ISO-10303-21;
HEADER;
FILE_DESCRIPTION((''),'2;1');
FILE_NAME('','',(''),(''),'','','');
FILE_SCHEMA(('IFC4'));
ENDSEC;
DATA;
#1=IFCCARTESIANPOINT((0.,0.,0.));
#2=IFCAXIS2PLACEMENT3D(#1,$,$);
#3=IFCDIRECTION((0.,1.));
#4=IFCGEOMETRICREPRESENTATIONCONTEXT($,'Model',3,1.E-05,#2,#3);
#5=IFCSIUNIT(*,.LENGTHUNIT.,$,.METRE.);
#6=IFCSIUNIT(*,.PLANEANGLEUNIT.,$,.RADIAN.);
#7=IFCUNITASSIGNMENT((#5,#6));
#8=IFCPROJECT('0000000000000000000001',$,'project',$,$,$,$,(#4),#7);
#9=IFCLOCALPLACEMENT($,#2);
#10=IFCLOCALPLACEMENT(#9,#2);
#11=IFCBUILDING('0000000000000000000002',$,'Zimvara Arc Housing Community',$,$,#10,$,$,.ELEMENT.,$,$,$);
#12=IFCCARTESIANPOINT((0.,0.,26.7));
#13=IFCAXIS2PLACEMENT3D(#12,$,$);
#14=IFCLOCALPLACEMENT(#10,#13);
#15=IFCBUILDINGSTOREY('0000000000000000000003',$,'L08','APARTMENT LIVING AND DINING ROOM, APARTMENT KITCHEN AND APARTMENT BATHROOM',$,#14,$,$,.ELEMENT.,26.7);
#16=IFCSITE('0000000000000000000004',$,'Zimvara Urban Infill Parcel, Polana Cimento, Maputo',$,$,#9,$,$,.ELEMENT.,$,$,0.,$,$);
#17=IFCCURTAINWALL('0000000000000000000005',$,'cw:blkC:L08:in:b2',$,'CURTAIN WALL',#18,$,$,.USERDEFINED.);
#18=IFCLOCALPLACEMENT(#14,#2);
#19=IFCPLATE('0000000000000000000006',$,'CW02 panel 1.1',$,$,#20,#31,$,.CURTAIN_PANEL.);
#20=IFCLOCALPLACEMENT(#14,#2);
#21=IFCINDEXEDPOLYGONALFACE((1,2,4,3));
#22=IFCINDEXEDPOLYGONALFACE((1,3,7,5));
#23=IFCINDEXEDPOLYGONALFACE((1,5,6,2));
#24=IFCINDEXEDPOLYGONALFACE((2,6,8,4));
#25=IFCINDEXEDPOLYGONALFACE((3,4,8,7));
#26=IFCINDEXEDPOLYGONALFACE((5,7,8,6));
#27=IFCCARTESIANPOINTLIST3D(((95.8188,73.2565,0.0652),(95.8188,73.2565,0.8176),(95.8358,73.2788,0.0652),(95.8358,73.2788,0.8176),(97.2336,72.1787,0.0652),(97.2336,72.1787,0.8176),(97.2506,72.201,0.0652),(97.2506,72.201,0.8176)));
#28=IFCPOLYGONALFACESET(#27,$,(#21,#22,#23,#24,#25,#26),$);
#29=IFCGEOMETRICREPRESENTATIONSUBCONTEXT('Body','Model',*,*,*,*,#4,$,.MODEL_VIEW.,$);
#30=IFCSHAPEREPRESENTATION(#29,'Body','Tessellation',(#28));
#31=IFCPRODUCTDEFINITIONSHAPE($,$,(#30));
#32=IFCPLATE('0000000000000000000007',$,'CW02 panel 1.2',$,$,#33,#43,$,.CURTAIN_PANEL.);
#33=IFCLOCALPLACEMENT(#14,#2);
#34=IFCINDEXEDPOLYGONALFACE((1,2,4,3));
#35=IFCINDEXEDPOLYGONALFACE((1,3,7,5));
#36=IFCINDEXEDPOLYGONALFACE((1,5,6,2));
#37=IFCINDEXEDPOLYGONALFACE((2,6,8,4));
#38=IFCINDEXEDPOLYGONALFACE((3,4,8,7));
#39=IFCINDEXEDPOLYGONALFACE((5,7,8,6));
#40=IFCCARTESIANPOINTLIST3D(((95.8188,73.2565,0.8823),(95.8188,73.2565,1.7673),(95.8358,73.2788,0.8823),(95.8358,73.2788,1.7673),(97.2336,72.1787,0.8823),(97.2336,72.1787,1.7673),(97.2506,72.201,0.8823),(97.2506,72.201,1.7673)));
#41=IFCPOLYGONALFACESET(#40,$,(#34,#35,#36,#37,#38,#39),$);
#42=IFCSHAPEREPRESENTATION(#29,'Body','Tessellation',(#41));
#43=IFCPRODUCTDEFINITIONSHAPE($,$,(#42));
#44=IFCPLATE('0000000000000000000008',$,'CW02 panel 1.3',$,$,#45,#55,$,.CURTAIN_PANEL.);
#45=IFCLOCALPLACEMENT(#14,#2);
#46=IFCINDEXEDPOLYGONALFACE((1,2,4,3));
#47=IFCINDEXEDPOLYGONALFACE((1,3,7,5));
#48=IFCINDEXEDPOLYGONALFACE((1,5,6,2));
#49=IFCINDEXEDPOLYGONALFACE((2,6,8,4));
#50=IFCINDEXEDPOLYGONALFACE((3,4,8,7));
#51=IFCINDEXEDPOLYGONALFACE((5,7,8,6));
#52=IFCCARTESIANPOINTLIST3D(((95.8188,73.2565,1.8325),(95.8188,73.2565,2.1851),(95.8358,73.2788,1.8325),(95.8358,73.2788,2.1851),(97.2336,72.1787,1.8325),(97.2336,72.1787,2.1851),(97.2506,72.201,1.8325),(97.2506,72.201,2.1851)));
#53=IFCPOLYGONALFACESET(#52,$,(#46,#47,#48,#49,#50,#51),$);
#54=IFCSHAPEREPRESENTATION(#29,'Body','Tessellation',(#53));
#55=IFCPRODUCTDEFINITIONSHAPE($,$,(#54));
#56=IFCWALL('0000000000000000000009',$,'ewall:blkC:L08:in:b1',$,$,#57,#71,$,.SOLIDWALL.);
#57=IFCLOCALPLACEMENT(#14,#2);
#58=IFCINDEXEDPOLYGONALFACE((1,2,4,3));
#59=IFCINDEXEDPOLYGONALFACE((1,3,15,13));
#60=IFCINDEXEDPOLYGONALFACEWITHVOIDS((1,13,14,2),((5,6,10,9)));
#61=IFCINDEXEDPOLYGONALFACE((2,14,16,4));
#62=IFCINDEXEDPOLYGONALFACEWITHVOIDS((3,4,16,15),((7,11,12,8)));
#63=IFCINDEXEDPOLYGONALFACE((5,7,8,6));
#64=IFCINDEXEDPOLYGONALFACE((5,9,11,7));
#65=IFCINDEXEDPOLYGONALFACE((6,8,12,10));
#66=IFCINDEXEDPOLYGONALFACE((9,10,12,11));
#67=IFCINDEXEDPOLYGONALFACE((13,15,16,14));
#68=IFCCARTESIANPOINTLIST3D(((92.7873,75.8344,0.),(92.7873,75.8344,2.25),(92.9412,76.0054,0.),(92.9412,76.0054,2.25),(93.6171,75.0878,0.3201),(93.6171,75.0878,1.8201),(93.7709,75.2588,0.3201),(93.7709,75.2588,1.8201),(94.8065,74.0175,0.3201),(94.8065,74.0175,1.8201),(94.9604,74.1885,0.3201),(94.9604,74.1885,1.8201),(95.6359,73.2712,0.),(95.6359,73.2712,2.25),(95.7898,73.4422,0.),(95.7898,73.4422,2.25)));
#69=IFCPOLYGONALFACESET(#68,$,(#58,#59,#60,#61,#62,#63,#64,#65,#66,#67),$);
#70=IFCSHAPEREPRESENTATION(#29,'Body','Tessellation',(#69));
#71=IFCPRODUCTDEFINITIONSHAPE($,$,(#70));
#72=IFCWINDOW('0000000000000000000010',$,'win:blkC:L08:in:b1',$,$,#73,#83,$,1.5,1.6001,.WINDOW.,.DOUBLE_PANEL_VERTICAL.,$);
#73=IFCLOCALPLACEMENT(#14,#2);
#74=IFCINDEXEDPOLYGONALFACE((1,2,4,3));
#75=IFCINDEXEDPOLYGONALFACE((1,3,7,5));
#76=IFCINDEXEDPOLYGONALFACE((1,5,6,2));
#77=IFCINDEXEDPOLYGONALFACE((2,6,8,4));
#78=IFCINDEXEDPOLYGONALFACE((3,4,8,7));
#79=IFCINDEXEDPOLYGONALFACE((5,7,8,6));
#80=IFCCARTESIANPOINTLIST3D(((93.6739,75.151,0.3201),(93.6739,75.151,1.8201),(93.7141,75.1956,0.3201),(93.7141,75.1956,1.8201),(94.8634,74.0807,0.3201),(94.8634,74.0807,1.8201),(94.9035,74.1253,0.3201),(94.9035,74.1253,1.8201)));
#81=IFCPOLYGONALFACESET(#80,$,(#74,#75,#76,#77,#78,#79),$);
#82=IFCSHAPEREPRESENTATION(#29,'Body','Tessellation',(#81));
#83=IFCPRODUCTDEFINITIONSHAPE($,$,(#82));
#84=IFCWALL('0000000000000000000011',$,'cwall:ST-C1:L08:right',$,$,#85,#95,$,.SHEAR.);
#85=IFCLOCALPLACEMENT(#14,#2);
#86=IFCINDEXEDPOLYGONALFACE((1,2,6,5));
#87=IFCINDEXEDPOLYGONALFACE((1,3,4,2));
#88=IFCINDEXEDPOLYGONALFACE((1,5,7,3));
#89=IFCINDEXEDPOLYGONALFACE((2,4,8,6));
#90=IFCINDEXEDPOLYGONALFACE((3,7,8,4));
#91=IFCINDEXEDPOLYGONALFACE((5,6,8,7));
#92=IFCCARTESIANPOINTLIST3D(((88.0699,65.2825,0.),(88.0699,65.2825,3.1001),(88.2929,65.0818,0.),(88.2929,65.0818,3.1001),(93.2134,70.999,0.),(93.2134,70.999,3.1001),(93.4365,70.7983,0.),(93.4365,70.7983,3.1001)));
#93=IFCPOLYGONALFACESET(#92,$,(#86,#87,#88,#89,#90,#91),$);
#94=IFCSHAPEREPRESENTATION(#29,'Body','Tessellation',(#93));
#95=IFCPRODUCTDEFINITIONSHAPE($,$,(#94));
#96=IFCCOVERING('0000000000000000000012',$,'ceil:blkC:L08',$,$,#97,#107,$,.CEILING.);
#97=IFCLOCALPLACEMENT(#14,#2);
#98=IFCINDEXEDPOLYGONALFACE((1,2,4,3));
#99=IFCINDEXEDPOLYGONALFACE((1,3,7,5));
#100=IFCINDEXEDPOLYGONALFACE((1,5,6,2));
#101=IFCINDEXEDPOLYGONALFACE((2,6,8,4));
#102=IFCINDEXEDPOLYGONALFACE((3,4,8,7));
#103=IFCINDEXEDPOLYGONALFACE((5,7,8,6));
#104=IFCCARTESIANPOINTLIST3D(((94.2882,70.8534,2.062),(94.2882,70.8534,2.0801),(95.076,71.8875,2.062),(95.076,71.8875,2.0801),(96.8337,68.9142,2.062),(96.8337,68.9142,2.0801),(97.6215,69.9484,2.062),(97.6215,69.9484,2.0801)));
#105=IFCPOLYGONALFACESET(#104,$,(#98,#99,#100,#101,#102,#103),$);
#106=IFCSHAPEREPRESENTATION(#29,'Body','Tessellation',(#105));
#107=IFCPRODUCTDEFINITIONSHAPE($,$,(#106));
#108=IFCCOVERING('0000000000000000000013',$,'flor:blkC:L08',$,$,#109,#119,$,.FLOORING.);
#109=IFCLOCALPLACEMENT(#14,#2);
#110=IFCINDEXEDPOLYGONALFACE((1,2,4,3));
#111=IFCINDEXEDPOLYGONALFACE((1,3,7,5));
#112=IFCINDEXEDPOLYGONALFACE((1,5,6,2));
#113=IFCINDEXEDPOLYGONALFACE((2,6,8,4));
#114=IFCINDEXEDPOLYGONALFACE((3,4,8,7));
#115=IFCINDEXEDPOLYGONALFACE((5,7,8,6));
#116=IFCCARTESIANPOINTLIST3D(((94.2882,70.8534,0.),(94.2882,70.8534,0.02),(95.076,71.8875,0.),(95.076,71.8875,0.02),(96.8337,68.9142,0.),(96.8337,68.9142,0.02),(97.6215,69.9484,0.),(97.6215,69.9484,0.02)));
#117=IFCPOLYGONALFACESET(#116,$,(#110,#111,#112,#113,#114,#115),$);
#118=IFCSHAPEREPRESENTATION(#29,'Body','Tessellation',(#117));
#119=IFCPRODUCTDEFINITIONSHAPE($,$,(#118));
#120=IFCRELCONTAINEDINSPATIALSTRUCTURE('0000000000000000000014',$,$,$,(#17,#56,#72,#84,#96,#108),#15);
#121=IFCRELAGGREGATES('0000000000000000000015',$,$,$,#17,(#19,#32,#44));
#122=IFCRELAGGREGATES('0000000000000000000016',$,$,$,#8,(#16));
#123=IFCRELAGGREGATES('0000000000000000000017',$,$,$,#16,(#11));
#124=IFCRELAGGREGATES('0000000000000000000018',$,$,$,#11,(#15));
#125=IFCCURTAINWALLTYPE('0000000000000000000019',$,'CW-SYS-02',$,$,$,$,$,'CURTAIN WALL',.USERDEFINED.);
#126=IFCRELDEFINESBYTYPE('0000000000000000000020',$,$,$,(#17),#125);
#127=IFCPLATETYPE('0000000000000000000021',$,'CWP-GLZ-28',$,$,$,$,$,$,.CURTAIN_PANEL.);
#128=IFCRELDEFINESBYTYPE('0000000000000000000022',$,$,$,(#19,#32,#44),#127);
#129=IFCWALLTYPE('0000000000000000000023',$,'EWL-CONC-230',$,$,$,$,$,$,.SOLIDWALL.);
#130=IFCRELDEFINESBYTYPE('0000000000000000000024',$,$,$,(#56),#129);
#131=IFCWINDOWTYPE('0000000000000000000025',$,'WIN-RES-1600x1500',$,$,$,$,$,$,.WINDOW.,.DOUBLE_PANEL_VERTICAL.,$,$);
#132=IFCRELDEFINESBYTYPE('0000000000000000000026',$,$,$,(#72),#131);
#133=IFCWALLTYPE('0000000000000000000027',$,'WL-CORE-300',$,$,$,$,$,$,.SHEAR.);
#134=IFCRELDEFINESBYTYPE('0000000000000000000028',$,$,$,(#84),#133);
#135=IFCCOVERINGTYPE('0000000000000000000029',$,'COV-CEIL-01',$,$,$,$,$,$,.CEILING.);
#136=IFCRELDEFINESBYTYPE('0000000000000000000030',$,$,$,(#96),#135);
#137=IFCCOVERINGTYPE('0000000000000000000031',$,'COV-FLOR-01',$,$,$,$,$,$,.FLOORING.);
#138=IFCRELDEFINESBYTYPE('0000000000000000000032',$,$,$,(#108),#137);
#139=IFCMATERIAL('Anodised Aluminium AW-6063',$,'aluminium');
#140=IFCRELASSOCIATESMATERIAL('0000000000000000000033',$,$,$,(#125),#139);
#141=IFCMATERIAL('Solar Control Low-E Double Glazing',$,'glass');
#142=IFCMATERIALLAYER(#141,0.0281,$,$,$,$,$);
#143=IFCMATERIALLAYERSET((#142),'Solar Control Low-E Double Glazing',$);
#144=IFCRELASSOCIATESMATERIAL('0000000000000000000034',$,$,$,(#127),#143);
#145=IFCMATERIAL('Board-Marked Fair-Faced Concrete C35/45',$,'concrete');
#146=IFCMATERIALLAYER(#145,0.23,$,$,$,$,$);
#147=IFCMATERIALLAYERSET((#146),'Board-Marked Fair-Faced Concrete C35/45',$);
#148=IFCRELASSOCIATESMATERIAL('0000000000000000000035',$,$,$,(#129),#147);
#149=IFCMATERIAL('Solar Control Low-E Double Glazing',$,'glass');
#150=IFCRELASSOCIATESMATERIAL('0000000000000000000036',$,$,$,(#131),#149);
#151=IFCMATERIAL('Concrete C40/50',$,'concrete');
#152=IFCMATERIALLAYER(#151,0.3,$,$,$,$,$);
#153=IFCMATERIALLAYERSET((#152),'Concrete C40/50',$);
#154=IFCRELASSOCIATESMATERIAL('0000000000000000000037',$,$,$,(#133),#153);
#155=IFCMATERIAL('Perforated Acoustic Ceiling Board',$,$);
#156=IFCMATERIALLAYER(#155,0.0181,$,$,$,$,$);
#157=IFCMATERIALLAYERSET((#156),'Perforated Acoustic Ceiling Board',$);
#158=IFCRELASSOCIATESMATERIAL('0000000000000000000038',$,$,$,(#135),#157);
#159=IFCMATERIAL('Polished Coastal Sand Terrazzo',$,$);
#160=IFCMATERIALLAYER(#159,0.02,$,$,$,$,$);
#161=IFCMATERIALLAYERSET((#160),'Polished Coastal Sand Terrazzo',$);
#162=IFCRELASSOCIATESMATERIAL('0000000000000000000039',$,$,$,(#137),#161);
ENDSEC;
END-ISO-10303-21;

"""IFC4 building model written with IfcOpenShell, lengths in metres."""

from ifc_helpers import new_model, si_unit, direction, frame, frame_2d, origin, origin_2d, place, context, subcontext, project, spatial, rectangle, extrude, material, layer, layer_set, type_object, element, fill, aggregate, save


model = new_model("IFC4")

# Units and contexts
model_context = context("Model", 3, precision=1e-05, world=origin(), true_north=direction((0.0, 1.0)))
body_context = subcontext(model_context, "Body", "Model", "MODEL_VIEW")
ifc_project = project(units=[si_unit("LENGTHUNIT", "METRE"), si_unit("PLANEANGLEUNIT", "RADIAN")], contexts=[model_context])

# Site, building, storey
site_placement = place(None, origin())
site = spatial("IfcSite", under=ifc_project, at=site_placement, Name="Zimvara Urban Infill Parcel, Polana Cimento, Maputo", CompositionType="ELEMENT", RefElevation=0.0)
building_placement = place(site_placement, origin())
building = spatial("IfcBuilding", under=site, at=building_placement, Name="Zimvara Arc Housing Community", CompositionType="ELEMENT")
storey_placement = place(building_placement, frame((0.0, 0.0, 26.7)))
storey = spatial("IfcBuildingStorey", under=building, at=storey_placement, Name="L08", Description="APARTMENT LIVING AND DINING ROOM, APARTMENT KITCHEN AND APARTMENT BATHROOM", CompositionType="ELEMENT", Elevation=26.7)

# Curtain wall, plates
ifc_material_1 = material(Name="Anodised Aluminium AW-6063", Category="aluminium")
curtain_wall_type_1 = type_object("IfcCurtainWallType", Name="CW-SYS-02", ElementType="CURTAIN WALL", PredefinedType="USERDEFINED", material=ifc_material_1)
curtain_wall_1_placement = place(storey_placement, origin())
curtain_wall_1 = element("IfcCurtainWall", 1, at=curtain_wall_1_placement, inside=storey, type_object=curtain_wall_type_1, Name="cw:blkC:L08:in:b2", ObjectType="CURTAIN WALL", PredefinedType="USERDEFINED")
ifc_material_2 = material(Name="Solar Control Low-E Double Glazing", Category="glass")
ifc_layer_1 = layer(ifc_material_2, 0.0281)
ifc_layer_set_1 = layer_set([ifc_layer_1], Name="Solar Control Low-E Double Glazing")
plate_type = type_object("IfcPlateType", Name="CWP-GLZ-28", PredefinedType="CURTAIN_PANEL", material=ifc_layer_set_1)
plate_1_placement = place(storey_placement, frame((96.5347, 72.7288, 0.0652), z_axis=(0.0, 0.0, 1.0), x_axis=(0.795474, -0.605988, 0.0)))
plate_1 = element("IfcPlate", 2, at=plate_1_placement, type_object=plate_type, Name="CW02 panel 1.1", PredefinedType="CURTAIN_PANEL", context=body_context, shape_type="SweptSolid", body=[
    extrude(rectangle(XDim=1.7786, YDim=0.0281, at=origin_2d()), origin(), (0.0, 0.0, 1.0), 0.7524),
])
plate_2_placement = place(storey_placement, frame((96.5347, 72.7288, 0.8823), z_axis=(0.0, 0.0, 1.0), x_axis=(0.795474, -0.605988, 0.0)))
plate_2 = element("IfcPlate", 3, at=plate_2_placement, type_object=plate_type, Name="CW02 panel 1.2", PredefinedType="CURTAIN_PANEL", context=body_context, shape_type="SweptSolid", body=[
    extrude(rectangle(XDim=1.7786, YDim=0.0281, at=origin_2d()), origin(), (0.0, 0.0, 1.0), 0.885),
])
plate_3_placement = place(storey_placement, frame((96.5347, 72.7288, 1.8325), z_axis=(0.0, 0.0, 1.0), x_axis=(0.795474, -0.605988, 0.0)))
plate_3 = element("IfcPlate", 4, at=plate_3_placement, type_object=plate_type, Name="CW02 panel 1.3", PredefinedType="CURTAIN_PANEL", context=body_context, shape_type="SweptSolid", body=[
    extrude(rectangle(XDim=1.7786, YDim=0.0281, at=origin_2d()), origin(), (0.0, 0.0, 1.0), 0.3525),
])
aggregate(curtain_wall_1, [plate_1, plate_2, plate_3])

# Wall, opening, window
ifc_material_3 = material(Name="Board-Marked Fair-Faced Concrete C35/45", Category="concrete")
ifc_layer_2 = layer(ifc_material_3, 0.23)
ifc_layer_set_2 = layer_set([ifc_layer_2], Name="Board-Marked Fair-Faced Concrete C35/45")
wall_type_1 = type_object("IfcWallType", Name="EWL-CONC-230", PredefinedType="SOLIDWALL", material=ifc_layer_set_2)
wall_1_placement = place(storey_placement, frame((92.8643, 75.9199, 0.0), z_axis=(0.0, 0.0, 1.0), x_axis=(0.743364, -0.668887, 0.0)))
wall_1 = element("IfcWall", 5, at=wall_1_placement, inside=storey, type_object=wall_type_1, Name="ewall:blkC:L08:in:b1", PredefinedType="SOLIDWALL", context=body_context, shape_type="SweptSolid", body=[
    extrude(rectangle(XDim=3.832, YDim=0.23, at=frame_2d((1.916, 0.0))), origin(), (0.0, 0.0, 1.0), 2.25),
])
opening_1_placement = place(wall_1_placement, frame((1.1162, 0.0, 0.3201)))
opening_1 = element("IfcOpeningElement", 6, at=opening_1_placement, cuts=wall_1, PredefinedType="OPENING", context=body_context, shape_type="SweptSolid", body=[
    extrude(rectangle(XDim=1.6001, YDim=1.5, at=frame_2d((0.8, 0.75))), frame((0.0, 0.125, 0.0), z_axis=(0.0, -1.0, 0.0), x_axis=(1.0, 0.0, 0.0)), (0.0, 0.0, 1.0), 0.25),
])
ifc_material_4 = material(Name="Solar Control Low-E Double Glazing", Category="glass")
window_type = type_object("IfcWindowType", Name="WIN-RES-1600x1500", PartitioningType="DOUBLE_PANEL_VERTICAL", PredefinedType="WINDOW", material=ifc_material_4)
window_placement = place(opening_1_placement, origin())
window = element("IfcWindow", 7, at=window_placement, inside=storey, type_object=window_type, Name="win:blkC:L08:in:b1", OverallHeight=1.5, OverallWidth=1.6001, PartitioningType="DOUBLE_PANEL_VERTICAL", PredefinedType="WINDOW", context=body_context, shape_type="SweptSolid", body=[
    extrude(rectangle(XDim=1.6001, YDim=1.5, at=frame_2d((0.8, 0.75))), frame((0.0, 0.03, 0.0), z_axis=(0.0, -1.0, 0.0), x_axis=(1.0, 0.0, 0.0)), (0.0, 0.0, 1.0), 0.0601),
])
fill(opening_1, window)

# Wall
ifc_material_5 = material(Name="Concrete C40/50", Category="concrete")
ifc_layer_3 = layer(ifc_material_5, 0.3)
ifc_layer_set_3 = layer_set([ifc_layer_3], Name="Concrete C40/50")
wall_type_2 = type_object("IfcWallType", Name="WL-CORE-300", PredefinedType="SHEAR", material=ifc_layer_set_3)
wall_2_placement = place(storey_placement, frame((93.325, 70.8987, 0.0), z_axis=(0.0, 0.0, 1.0), x_axis=(-0.668868, -0.743381, 0.0)))
element("IfcWall", 8, at=wall_2_placement, inside=storey, type_object=wall_type_2, Name="cwall:ST-C1:L08:right", PredefinedType="SHEAR", context=body_context, shape_type="SweptSolid", body=[
    extrude(rectangle(XDim=7.6899, YDim=0.3, at=frame_2d((3.845, 0.0))), origin(), (0.0, 0.0, 1.0), 3.1001),
])

# Coverings
ifc_material_6 = material(Name="Perforated Acoustic Ceiling Board")
ifc_layer_4 = layer(ifc_material_6, 0.0181)
ifc_layer_set_4 = layer_set([ifc_layer_4], Name="Perforated Acoustic Ceiling Board")
covering_type_1 = type_object("IfcCoveringType", Name="COV-CEIL-01", PredefinedType="CEILING", material=ifc_layer_set_4)
covering_1_placement = place(storey_placement, frame((95.9548, 70.4009, 2.062), z_axis=(0.0, 0.0, 1.0), x_axis=(-0.605988, -0.795473, 0.0)))
element("IfcCovering", 9, at=covering_1_placement, inside=storey, type_object=covering_type_1, Name="ceil:blkC:L08", PredefinedType="CEILING", context=body_context, shape_type="SweptSolid", body=[
    extrude(rectangle(XDim=1.3, YDim=3.2, at=origin_2d()), origin(), (0.0, 0.0, 1.0), 0.0181),
])
ifc_material_7 = material(Name="Polished Coastal Sand Terrazzo")
ifc_layer_5 = layer(ifc_material_7, 0.02)
ifc_layer_set_5 = layer_set([ifc_layer_5], Name="Polished Coastal Sand Terrazzo")
covering_type_2 = type_object("IfcCoveringType", Name="COV-FLOR-01", PredefinedType="FLOORING", material=ifc_layer_set_5)
covering_2_placement = place(storey_placement, frame((95.9548, 70.4009, 0.0), z_axis=(0.0, 0.0, 1.0), x_axis=(-0.605988, -0.795473, 0.0)))
element("IfcCovering", 10, at=covering_2_placement, inside=storey, type_object=covering_type_2, Name="flor:blkC:L08", PredefinedType="FLOORING", context=body_context, shape_type="SweptSolid", body=[
    extrude(rectangle(XDim=1.3, YDim=3.2, at=origin_2d()), origin(), (0.0, 0.0, 1.0), 0.02),
])

save(model, "model.ifc")
